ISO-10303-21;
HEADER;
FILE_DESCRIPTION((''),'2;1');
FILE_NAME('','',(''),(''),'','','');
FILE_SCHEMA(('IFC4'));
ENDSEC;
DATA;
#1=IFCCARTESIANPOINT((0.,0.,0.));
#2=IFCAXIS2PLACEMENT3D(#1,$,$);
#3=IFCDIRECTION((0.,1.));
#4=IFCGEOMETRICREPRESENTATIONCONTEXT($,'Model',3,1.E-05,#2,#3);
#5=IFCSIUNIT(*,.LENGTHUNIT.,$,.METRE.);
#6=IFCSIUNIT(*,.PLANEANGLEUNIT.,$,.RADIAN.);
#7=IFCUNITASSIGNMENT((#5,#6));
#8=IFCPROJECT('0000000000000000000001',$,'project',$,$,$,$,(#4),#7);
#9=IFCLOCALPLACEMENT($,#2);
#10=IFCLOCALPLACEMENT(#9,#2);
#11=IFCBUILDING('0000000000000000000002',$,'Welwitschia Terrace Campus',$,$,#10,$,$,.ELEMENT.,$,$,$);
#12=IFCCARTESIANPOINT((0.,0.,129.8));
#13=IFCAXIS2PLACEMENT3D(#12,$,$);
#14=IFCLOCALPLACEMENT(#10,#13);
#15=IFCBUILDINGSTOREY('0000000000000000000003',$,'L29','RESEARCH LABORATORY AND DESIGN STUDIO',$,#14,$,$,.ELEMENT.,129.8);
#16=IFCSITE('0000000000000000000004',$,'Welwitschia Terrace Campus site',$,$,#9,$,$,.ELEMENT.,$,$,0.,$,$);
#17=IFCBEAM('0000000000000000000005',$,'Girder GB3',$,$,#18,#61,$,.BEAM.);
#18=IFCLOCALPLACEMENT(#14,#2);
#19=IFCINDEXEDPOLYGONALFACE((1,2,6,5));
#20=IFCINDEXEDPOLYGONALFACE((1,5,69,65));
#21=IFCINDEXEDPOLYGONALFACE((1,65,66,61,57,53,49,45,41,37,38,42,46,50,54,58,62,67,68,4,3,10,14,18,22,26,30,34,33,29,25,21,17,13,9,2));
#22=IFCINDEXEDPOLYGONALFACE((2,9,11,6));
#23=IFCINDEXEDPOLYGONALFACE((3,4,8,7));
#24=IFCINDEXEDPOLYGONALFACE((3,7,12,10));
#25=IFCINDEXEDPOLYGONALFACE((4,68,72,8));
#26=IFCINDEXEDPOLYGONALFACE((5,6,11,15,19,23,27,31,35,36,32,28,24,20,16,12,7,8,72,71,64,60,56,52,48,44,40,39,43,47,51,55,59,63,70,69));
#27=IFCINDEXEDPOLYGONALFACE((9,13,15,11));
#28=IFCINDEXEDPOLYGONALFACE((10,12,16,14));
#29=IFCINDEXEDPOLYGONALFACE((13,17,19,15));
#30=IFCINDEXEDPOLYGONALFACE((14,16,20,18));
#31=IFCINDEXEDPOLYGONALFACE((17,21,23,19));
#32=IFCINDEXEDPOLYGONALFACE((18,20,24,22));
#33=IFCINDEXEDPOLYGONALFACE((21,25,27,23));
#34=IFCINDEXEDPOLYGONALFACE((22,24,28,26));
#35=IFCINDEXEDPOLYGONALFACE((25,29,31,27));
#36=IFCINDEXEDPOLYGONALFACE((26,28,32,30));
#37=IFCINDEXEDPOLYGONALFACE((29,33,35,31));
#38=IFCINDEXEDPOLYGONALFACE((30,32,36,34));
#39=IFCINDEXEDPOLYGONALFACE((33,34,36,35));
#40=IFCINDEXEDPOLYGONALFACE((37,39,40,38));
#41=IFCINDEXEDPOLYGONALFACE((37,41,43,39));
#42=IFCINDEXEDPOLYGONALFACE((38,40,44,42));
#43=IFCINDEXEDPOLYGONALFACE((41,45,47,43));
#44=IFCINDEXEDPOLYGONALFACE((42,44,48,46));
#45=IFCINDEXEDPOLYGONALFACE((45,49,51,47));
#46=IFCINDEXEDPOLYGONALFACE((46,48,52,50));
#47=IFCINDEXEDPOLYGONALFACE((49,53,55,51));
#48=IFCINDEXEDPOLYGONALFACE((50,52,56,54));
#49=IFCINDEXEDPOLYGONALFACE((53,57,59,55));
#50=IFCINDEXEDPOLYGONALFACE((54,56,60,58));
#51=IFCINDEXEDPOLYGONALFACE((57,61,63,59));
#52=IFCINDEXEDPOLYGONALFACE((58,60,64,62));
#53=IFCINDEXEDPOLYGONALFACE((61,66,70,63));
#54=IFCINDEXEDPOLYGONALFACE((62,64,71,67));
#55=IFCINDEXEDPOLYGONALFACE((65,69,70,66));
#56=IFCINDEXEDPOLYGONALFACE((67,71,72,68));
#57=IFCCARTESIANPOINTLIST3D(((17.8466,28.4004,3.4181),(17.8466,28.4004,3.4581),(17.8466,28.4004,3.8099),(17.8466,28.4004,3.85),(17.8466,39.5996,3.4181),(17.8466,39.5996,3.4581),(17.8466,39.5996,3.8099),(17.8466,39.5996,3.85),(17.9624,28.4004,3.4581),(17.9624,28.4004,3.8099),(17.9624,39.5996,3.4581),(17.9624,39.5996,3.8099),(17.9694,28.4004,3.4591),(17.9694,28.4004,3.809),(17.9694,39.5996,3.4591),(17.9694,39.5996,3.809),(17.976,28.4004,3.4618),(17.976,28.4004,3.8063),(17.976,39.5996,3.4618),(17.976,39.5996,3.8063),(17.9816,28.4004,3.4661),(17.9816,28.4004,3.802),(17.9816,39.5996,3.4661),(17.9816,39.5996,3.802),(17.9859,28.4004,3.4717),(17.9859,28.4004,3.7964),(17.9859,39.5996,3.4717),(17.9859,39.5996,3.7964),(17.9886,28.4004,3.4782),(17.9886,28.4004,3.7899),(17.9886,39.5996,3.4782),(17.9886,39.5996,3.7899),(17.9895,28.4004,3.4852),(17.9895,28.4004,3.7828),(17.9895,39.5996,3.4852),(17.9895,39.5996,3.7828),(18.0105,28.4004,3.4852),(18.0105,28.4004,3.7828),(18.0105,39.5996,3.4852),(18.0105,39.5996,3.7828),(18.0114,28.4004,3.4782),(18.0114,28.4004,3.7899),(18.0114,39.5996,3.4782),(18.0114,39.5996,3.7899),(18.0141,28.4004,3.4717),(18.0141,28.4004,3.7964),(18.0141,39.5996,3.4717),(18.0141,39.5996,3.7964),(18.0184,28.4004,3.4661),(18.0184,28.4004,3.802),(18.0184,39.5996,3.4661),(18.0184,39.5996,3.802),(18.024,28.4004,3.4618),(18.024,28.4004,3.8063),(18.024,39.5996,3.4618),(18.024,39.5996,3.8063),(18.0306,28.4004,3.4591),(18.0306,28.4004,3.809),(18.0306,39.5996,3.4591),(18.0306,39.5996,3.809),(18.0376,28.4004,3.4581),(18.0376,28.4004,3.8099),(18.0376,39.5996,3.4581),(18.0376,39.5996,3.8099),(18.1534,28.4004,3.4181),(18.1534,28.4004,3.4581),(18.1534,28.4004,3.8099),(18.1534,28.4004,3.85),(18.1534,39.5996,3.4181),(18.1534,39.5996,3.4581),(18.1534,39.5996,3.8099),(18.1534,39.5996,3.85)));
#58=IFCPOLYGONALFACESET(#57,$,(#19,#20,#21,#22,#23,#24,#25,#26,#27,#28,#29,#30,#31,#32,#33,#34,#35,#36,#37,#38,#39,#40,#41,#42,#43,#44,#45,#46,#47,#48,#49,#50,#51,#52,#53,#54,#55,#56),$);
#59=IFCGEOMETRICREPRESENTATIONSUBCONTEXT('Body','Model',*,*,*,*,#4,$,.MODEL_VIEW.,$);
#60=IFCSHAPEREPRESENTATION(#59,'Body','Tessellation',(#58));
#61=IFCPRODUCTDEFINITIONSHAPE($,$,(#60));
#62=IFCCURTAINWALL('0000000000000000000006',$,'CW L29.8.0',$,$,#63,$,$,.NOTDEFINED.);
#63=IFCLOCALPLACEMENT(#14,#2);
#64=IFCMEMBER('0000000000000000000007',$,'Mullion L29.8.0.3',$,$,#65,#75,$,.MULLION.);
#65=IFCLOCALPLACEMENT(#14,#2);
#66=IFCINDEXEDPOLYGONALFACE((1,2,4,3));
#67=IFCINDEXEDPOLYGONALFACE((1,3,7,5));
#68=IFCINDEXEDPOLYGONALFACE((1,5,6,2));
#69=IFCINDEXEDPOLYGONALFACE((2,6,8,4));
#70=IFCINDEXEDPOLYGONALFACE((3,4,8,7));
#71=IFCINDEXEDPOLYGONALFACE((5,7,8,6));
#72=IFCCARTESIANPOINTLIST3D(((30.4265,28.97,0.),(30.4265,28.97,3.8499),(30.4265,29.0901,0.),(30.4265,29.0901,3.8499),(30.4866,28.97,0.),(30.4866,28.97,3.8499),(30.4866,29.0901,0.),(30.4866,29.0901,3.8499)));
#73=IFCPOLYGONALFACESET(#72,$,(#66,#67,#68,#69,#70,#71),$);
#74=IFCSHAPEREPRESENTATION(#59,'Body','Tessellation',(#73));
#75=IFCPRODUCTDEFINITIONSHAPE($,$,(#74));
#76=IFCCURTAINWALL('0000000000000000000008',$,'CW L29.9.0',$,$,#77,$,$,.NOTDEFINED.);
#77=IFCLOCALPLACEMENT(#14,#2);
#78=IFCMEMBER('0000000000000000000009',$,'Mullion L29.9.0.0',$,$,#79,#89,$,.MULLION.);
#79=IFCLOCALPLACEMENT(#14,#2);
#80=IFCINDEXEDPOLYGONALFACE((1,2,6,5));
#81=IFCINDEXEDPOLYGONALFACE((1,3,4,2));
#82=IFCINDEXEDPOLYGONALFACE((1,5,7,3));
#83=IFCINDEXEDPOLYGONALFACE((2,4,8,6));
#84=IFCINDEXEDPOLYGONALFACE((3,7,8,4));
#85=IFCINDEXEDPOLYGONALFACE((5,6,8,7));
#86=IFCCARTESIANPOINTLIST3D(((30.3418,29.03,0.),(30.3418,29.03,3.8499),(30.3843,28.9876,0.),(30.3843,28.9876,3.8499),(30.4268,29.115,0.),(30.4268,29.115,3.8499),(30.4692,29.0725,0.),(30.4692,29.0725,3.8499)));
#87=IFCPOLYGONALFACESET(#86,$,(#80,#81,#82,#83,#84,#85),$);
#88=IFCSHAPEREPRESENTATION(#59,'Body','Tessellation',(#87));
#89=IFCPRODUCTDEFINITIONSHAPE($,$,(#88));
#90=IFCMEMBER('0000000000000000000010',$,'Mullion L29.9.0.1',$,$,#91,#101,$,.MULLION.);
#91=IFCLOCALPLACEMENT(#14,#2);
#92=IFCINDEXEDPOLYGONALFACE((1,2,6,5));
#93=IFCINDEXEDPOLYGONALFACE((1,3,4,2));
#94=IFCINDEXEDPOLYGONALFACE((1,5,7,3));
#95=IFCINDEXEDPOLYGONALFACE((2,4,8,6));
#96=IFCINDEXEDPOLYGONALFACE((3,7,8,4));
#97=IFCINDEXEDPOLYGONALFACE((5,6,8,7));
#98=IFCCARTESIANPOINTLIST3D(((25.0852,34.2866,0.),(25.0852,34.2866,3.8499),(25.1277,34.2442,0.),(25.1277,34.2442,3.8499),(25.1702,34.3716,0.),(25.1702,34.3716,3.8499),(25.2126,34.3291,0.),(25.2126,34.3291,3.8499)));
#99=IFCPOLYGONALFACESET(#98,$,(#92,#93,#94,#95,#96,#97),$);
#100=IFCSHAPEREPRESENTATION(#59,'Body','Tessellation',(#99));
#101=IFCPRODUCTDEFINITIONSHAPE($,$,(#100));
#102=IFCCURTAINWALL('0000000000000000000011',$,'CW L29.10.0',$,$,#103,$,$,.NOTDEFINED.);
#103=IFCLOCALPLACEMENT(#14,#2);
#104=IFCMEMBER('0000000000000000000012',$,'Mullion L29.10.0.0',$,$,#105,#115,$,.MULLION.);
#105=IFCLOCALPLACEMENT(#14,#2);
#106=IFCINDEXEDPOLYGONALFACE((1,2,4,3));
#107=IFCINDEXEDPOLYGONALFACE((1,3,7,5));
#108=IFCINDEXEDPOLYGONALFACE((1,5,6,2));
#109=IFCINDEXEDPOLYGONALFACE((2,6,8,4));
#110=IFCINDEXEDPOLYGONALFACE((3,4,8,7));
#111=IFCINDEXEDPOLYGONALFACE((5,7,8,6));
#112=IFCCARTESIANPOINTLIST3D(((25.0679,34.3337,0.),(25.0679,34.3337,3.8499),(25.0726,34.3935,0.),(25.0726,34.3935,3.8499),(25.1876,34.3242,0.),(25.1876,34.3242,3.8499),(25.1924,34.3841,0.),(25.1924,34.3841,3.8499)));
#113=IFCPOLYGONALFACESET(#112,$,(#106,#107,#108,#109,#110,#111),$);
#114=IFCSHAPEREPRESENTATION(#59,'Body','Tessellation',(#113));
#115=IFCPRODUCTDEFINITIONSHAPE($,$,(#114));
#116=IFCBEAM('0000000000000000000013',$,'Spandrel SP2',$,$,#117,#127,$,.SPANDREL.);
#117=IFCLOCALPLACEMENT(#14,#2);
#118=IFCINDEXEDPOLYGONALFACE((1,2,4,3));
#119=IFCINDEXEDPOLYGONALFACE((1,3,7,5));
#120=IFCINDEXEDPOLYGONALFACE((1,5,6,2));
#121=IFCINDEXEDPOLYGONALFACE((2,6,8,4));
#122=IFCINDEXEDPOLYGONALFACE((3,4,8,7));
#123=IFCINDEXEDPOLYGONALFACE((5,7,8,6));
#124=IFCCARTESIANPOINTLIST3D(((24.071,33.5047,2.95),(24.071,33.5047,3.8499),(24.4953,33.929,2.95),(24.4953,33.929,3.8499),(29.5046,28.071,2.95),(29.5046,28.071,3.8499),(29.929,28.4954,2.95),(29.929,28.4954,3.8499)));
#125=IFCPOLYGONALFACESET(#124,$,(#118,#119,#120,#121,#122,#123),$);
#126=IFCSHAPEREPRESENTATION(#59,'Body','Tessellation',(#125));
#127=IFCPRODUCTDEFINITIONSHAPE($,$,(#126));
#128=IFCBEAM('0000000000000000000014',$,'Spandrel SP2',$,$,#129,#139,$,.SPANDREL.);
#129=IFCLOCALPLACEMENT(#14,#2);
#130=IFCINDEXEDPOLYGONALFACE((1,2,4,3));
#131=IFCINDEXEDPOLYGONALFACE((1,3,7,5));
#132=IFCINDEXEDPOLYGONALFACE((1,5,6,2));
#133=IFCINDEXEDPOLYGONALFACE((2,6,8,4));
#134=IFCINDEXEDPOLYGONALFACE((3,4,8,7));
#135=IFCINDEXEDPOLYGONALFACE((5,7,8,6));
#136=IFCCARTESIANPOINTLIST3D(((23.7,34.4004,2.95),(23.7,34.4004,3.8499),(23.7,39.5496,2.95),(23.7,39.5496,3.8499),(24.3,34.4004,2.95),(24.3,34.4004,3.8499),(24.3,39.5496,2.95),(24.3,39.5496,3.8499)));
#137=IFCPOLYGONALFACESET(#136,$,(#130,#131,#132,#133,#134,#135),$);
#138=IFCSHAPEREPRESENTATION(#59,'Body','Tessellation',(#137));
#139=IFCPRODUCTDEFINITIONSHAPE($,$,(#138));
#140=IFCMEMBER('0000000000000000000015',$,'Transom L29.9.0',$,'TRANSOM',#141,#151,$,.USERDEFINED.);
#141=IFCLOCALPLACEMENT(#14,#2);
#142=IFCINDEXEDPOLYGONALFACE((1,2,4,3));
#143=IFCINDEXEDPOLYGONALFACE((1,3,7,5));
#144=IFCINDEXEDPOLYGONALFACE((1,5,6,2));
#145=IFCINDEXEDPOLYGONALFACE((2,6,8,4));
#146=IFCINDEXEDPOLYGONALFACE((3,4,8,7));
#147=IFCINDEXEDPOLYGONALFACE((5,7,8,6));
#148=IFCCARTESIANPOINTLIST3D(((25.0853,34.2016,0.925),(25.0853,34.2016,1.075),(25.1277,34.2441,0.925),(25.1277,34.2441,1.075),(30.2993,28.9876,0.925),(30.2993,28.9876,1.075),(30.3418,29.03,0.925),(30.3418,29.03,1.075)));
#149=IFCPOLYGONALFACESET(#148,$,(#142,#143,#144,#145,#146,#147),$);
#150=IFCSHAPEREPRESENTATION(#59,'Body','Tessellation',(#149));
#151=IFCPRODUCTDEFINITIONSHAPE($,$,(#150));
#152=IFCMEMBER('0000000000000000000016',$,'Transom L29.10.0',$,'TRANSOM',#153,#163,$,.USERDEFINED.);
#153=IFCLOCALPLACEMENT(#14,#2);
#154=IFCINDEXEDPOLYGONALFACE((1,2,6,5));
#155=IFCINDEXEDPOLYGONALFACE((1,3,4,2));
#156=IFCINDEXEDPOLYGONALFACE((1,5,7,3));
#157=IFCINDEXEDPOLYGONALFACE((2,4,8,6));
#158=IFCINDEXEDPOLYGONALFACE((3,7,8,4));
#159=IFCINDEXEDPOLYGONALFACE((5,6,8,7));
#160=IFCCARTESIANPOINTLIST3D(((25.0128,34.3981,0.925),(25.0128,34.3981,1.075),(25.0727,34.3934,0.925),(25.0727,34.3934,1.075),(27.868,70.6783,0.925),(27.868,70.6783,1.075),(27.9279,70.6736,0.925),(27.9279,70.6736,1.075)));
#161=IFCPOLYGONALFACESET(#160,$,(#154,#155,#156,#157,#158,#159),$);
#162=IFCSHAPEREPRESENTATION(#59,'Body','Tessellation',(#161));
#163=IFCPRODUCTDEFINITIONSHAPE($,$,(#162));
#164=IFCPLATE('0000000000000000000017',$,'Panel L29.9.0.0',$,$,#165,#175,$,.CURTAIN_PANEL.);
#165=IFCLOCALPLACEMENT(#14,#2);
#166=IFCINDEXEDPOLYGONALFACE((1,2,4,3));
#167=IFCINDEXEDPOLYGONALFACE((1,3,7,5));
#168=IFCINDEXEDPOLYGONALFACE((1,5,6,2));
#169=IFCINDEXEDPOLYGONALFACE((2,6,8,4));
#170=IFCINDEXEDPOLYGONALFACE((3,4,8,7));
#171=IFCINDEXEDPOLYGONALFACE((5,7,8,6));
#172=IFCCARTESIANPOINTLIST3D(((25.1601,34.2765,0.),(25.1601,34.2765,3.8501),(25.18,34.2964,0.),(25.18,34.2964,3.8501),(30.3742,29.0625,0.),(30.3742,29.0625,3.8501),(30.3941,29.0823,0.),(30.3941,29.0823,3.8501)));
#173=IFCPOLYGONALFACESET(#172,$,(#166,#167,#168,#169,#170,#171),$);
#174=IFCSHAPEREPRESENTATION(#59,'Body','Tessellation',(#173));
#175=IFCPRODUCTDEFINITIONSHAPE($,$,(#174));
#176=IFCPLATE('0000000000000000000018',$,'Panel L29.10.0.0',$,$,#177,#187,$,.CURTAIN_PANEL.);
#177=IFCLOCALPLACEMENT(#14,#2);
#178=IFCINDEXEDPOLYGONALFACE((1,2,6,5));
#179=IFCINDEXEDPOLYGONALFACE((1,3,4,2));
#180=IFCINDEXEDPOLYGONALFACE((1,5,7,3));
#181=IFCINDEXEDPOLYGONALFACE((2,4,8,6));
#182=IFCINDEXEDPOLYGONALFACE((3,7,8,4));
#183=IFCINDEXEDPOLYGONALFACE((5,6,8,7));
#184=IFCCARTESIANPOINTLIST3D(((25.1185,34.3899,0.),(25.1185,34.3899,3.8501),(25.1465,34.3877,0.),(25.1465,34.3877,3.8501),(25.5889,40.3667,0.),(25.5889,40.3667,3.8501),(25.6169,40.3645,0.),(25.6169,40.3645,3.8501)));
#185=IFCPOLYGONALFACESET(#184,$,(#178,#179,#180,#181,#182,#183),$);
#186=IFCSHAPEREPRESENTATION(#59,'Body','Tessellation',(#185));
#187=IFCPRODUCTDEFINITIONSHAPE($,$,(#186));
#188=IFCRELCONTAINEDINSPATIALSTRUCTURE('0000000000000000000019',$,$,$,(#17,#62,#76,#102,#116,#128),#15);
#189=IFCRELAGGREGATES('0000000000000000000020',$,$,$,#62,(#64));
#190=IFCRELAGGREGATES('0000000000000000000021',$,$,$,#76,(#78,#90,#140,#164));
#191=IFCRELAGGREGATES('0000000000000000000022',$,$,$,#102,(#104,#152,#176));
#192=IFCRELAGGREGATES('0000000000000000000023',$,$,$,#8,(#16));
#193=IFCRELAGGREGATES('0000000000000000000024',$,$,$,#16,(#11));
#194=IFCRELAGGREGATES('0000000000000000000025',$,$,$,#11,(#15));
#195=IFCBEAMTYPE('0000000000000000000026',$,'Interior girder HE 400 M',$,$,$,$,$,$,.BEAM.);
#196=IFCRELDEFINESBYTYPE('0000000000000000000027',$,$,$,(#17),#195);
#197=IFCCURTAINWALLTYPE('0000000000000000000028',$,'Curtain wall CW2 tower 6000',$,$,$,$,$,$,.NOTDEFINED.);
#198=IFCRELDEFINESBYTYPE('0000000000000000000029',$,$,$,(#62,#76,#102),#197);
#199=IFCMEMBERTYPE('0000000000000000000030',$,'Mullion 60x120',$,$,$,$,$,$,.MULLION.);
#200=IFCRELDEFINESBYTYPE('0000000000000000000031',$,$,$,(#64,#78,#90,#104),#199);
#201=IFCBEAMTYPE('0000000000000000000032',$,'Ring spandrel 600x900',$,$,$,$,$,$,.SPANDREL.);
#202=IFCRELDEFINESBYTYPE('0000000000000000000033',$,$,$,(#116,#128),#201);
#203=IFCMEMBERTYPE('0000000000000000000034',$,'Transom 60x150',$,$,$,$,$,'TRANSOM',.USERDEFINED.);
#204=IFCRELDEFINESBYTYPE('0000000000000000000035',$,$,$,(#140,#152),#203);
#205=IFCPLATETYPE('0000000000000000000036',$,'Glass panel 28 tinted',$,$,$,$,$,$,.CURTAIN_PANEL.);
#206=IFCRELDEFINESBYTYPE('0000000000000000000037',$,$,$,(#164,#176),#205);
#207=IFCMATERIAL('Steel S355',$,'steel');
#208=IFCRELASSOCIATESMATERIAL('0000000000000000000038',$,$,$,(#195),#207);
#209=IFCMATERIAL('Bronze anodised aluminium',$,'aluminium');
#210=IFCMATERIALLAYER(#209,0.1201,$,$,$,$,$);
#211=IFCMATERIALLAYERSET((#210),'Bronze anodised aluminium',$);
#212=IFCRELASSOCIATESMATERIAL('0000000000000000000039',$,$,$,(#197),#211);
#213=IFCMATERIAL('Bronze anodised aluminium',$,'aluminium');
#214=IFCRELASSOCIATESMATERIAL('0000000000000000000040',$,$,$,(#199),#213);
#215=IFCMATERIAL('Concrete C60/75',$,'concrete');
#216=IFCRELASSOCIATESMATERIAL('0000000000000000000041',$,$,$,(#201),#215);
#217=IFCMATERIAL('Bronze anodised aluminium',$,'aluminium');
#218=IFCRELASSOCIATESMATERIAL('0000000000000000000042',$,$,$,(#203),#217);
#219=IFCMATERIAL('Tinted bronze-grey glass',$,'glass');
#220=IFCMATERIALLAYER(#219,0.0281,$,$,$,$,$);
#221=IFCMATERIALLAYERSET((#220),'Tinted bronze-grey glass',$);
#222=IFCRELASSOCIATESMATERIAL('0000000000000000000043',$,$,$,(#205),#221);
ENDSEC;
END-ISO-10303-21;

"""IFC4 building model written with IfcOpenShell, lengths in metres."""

from ifc_helpers import new_model, si_unit, direction, frame, origin, origin_2d, place, context, subcontext, project, spatial, rectangle, i_section, extrude, material, layer, layer_set, material_profile, profile_set, type_object, element, aggregate, save


model = new_model("IFC4")

# Units and contexts
model_context = context("Model", 3, precision=1e-05, world=origin(), true_north=direction((0.0, 1.0)))
body_context = subcontext(model_context, "Body", "Model", "MODEL_VIEW")
ifc_project = project(units=[si_unit("LENGTHUNIT", "METRE"), si_unit("PLANEANGLEUNIT", "RADIAN")], contexts=[model_context])

# Site, building, storey
site_placement = place(None, origin())
site = spatial("IfcSite", under=ifc_project, at=site_placement, Name="Welwitschia Terrace Campus site", CompositionType="ELEMENT", RefElevation=0.0)
building_placement = place(site_placement, origin())
building = spatial("IfcBuilding", under=site, at=building_placement, Name="Welwitschia Terrace Campus", CompositionType="ELEMENT")
storey_placement = place(building_placement, frame((0.0, 0.0, 129.8)))
storey = spatial("IfcBuildingStorey", under=building, at=storey_placement, Name="L29", Description="RESEARCH LABORATORY AND DESIGN STUDIO", CompositionType="ELEMENT", Elevation=129.8)

# Beam
ifc_material_1 = material(Name="Steel S355", Category="steel")
ifc_material_profile_1 = material_profile(ifc_material_1, i_section(OverallWidth=0.3069, OverallDepth=0.4319, WebThickness=0.021, FlangeThickness=0.04, FilletRadius=0.0271, at=origin_2d()))
ifc_profile_set_1 = profile_set([ifc_material_profile_1], Name="Steel S355")
beam_type_1 = type_object("IfcBeamType", Name="Interior girder HE 400 M", PredefinedType="BEAM", material=ifc_profile_set_1)
beam_1_placement = place(storey_placement, frame((18.0, 28.4004, 3.634), z_axis=(0.0, 1.0, 0.0), x_axis=(-1.0, 0.0, 0.0)))
element("IfcBeam", 1, at=beam_1_placement, inside=storey, type_object=beam_type_1, Name="Girder GB3", PredefinedType="BEAM", context=body_context, shape_type="SweptSolid", body=[
    extrude(i_section(OverallWidth=0.3069, OverallDepth=0.4319, WebThickness=0.021, FlangeThickness=0.04, FilletRadius=0.0271, at=origin_2d()), origin(), (0.0, 0.0, 1.0), 11.1992),
])

# Curtain wall, member
ifc_material_2 = material(Name="Bronze anodised aluminium", Category="aluminium")
ifc_layer_1 = layer(ifc_material_2, 0.1201)
ifc_layer_set_1 = layer_set([ifc_layer_1], Name="Bronze anodised aluminium")
curtain_wall_type = type_object("IfcCurtainWallType", Name="Curtain wall CW2 tower 6000", PredefinedType="NOTDEFINED", material=ifc_layer_set_1)
curtain_wall_1_placement = place(storey_placement, origin())
curtain_wall_1 = element("IfcCurtainWall", 2, at=curtain_wall_1_placement, inside=storey, type_object=curtain_wall_type, Name="CW L29.8.0", PredefinedType="NOTDEFINED")
ifc_material_3 = material(Name="Bronze anodised aluminium", Category="aluminium")
ifc_material_profile_2 = material_profile(ifc_material_3, rectangle(XDim=0.1201, YDim=0.0601, at=origin_2d()))
ifc_profile_set_2 = profile_set([ifc_material_profile_2], Name="Bronze anodised aluminium")
member_type_1 = type_object("IfcMemberType", Name="Mullion 60x120", PredefinedType="MULLION", material=ifc_profile_set_2)
member_1_placement = place(storey_placement, frame((30.4565, 29.03, 0.0), z_axis=(0.0, 0.0, 1.0), x_axis=(0.0, -1.0, 0.0)))
member_1 = element("IfcMember", 3, at=member_1_placement, type_object=member_type_1, Name="Mullion L29.8.0.3", PredefinedType="MULLION", context=body_context, shape_type="SweptSolid", body=[
    extrude(rectangle(XDim=0.1201, YDim=0.0601, at=origin_2d()), origin(), (0.0, 0.0, 1.0), 3.8499),
])
aggregate(curtain_wall_1, [member_1])

# Curtain wall, members
curtain_wall_2_placement = place(storey_placement, origin())
curtain_wall_2 = element("IfcCurtainWall", 4, at=curtain_wall_2_placement, inside=storey, type_object=curtain_wall_type, Name="CW L29.9.0", PredefinedType="NOTDEFINED")
member_2_placement = place(storey_placement, frame((30.4055, 29.0513, 0.0), z_axis=(0.0, 0.0, 1.0), x_axis=(-0.707107, -0.707107, 0.0)))
member_2 = element("IfcMember", 5, at=member_2_placement, type_object=member_type_1, Name="Mullion L29.9.0.0", PredefinedType="MULLION", context=body_context, shape_type="SweptSolid", body=[
    extrude(rectangle(XDim=0.1201, YDim=0.0601, at=origin_2d()), origin(), (0.0, 0.0, 1.0), 3.8499),
])
member_3_placement = place(storey_placement, frame((25.1489, 34.3079, 0.0), z_axis=(0.0, 0.0, 1.0), x_axis=(-0.707107, -0.707107, 0.0)))
member_3 = element("IfcMember", 6, at=member_3_placement, type_object=member_type_1, Name="Mullion L29.9.0.1", PredefinedType="MULLION", context=body_context, shape_type="SweptSolid", body=[
    extrude(rectangle(XDim=0.1201, YDim=0.0601, at=origin_2d()), origin(), (0.0, 0.0, 1.0), 3.8499),
])

# Curtain wall, member
curtain_wall_3_placement = place(storey_placement, origin())
curtain_wall_3 = element("IfcCurtainWall", 7, at=curtain_wall_3_placement, inside=storey, type_object=curtain_wall_type, Name="CW L29.10.0", PredefinedType="NOTDEFINED")
member_4_placement = place(storey_placement, frame((25.1301, 34.3589, 0.0), z_axis=(0.0, 0.0, 1.0), x_axis=(-0.996917, 0.078459, 0.0)))
member_4 = element("IfcMember", 8, at=member_4_placement, type_object=member_type_1, Name="Mullion L29.10.0.0", PredefinedType="MULLION", context=body_context, shape_type="SweptSolid", body=[
    extrude(rectangle(XDim=0.1201, YDim=0.0601, at=origin_2d()), origin(), (0.0, 0.0, 1.0), 3.8499),
])

# Beams
ifc_material_4 = material(Name="Concrete C60/75", Category="concrete")
ifc_material_profile_3 = material_profile(ifc_material_4, rectangle(XDim=0.6001, YDim=0.8999, at=origin_2d()))
ifc_profile_set_3 = profile_set([ifc_material_profile_3], Name="Concrete C60/75")
beam_type_2 = type_object("IfcBeamType", Name="Ring spandrel 600x900", PredefinedType="SPANDREL", material=ifc_profile_set_3)
beam_2_placement = place(storey_placement, frame((29.7168, 28.2832, 3.3999), z_axis=(-0.707107, 0.707107, 0.0), x_axis=(-0.707107, -0.707107, 0.0)))
element("IfcBeam", 9, at=beam_2_placement, inside=storey, type_object=beam_type_2, Name="Spandrel SP2", PredefinedType="SPANDREL", context=body_context, shape_type="SweptSolid", body=[
    extrude(rectangle(XDim=0.6001, YDim=0.8999, at=origin_2d()), origin(), (0.0, 0.0, 1.0), 7.6843),
])
beam_3_placement = place(storey_placement, frame((24.0, 34.4004, 3.3999), z_axis=(0.0, 1.0, 0.0), x_axis=(-1.0, 0.0, 0.0)))
element("IfcBeam", 10, at=beam_3_placement, inside=storey, type_object=beam_type_2, Name="Spandrel SP2", PredefinedType="SPANDREL", context=body_context, shape_type="SweptSolid", body=[
    extrude(rectangle(XDim=0.6001, YDim=0.8999, at=origin_2d()), origin(), (0.0, 0.0, 1.0), 5.1492),
])

# Members
ifc_material_5 = material(Name="Bronze anodised aluminium", Category="aluminium")
ifc_material_profile_4 = material_profile(ifc_material_5, rectangle(XDim=0.0601, YDim=0.1499, at=origin_2d()))
ifc_profile_set_4 = profile_set([ifc_material_profile_4], Name="Bronze anodised aluminium")
member_type_2 = type_object("IfcMemberType", Name="Transom 60x150", ElementType="TRANSOM", PredefinedType="USERDEFINED", material=ifc_profile_set_4)
member_5_placement = place(storey_placement, frame((30.3206, 29.0088, 1.0), z_axis=(-0.707107, 0.707107, 0.0), x_axis=(-0.707107, -0.707107, 0.0)))
member_5 = element("IfcMember", 11, at=member_5_placement, type_object=member_type_2, Name="Transom L29.9.0", ObjectType="TRANSOM", PredefinedType="USERDEFINED", context=body_context, shape_type="SweptSolid", body=[
    extrude(rectangle(XDim=0.0601, YDim=0.1499, at=origin_2d()), origin(), (0.0, 0.0, 1.0), 7.3738),
])
member_6_placement = place(storey_placement, frame((25.0427, 34.3958, 1.0), z_axis=(0.078457, 0.996918, 0.0), x_axis=(-0.996918, 0.078457, 0.0)))
member_6 = element("IfcMember", 12, at=member_6_placement, type_object=member_type_2, Name="Transom L29.10.0", ObjectType="TRANSOM", PredefinedType="USERDEFINED", context=body_context, shape_type="SweptSolid", body=[
    extrude(rectangle(XDim=0.0601, YDim=0.1499, at=origin_2d()), origin(), (0.0, 0.0, 1.0), 36.3923),
])

# Plates
ifc_material_6 = material(Name="Tinted bronze-grey glass", Category="glass")
ifc_layer_2 = layer(ifc_material_6, 0.0281)
ifc_layer_set_2 = layer_set([ifc_layer_2], Name="Tinted bronze-grey glass")
plate_type = type_object("IfcPlateType", Name="Glass panel 28 tinted", PredefinedType="CURTAIN_PANEL", material=ifc_layer_set_2)
plate_1_placement = place(storey_placement, frame((27.7771, 31.6794, 0.0), z_axis=(0.0, 0.0, 1.0), x_axis=(-0.707107, 0.707107, 0.0)))
plate_1 = element("IfcPlate", 13, at=plate_1_placement, type_object=plate_type, Name="Panel L29.9.0.0", PredefinedType="CURTAIN_PANEL", context=body_context, shape_type="SweptSolid", body=[
    extrude(rectangle(XDim=7.3738, YDim=0.0281, at=origin_2d()), origin(), (0.0, 0.0, 1.0), 3.8501),
])
aggregate(curtain_wall_2, [member_2, member_3, member_5, plate_1])
plate_2_placement = place(storey_placement, frame((25.3677, 37.3772, 0.0), z_axis=(0.0, 0.0, 1.0), x_axis=(0.078459, 0.996917, 0.0)))
plate_2 = element("IfcPlate", 14, at=plate_2_placement, type_object=plate_type, Name="Panel L29.10.0.0", PredefinedType="CURTAIN_PANEL", context=body_context, shape_type="SweptSolid", body=[
    extrude(rectangle(XDim=5.9954, YDim=0.0281, at=origin_2d()), origin(), (0.0, 0.0, 1.0), 3.8501),
])
aggregate(curtain_wall_3, [member_4, member_6, plate_2])

save(model, "model.ifc")
